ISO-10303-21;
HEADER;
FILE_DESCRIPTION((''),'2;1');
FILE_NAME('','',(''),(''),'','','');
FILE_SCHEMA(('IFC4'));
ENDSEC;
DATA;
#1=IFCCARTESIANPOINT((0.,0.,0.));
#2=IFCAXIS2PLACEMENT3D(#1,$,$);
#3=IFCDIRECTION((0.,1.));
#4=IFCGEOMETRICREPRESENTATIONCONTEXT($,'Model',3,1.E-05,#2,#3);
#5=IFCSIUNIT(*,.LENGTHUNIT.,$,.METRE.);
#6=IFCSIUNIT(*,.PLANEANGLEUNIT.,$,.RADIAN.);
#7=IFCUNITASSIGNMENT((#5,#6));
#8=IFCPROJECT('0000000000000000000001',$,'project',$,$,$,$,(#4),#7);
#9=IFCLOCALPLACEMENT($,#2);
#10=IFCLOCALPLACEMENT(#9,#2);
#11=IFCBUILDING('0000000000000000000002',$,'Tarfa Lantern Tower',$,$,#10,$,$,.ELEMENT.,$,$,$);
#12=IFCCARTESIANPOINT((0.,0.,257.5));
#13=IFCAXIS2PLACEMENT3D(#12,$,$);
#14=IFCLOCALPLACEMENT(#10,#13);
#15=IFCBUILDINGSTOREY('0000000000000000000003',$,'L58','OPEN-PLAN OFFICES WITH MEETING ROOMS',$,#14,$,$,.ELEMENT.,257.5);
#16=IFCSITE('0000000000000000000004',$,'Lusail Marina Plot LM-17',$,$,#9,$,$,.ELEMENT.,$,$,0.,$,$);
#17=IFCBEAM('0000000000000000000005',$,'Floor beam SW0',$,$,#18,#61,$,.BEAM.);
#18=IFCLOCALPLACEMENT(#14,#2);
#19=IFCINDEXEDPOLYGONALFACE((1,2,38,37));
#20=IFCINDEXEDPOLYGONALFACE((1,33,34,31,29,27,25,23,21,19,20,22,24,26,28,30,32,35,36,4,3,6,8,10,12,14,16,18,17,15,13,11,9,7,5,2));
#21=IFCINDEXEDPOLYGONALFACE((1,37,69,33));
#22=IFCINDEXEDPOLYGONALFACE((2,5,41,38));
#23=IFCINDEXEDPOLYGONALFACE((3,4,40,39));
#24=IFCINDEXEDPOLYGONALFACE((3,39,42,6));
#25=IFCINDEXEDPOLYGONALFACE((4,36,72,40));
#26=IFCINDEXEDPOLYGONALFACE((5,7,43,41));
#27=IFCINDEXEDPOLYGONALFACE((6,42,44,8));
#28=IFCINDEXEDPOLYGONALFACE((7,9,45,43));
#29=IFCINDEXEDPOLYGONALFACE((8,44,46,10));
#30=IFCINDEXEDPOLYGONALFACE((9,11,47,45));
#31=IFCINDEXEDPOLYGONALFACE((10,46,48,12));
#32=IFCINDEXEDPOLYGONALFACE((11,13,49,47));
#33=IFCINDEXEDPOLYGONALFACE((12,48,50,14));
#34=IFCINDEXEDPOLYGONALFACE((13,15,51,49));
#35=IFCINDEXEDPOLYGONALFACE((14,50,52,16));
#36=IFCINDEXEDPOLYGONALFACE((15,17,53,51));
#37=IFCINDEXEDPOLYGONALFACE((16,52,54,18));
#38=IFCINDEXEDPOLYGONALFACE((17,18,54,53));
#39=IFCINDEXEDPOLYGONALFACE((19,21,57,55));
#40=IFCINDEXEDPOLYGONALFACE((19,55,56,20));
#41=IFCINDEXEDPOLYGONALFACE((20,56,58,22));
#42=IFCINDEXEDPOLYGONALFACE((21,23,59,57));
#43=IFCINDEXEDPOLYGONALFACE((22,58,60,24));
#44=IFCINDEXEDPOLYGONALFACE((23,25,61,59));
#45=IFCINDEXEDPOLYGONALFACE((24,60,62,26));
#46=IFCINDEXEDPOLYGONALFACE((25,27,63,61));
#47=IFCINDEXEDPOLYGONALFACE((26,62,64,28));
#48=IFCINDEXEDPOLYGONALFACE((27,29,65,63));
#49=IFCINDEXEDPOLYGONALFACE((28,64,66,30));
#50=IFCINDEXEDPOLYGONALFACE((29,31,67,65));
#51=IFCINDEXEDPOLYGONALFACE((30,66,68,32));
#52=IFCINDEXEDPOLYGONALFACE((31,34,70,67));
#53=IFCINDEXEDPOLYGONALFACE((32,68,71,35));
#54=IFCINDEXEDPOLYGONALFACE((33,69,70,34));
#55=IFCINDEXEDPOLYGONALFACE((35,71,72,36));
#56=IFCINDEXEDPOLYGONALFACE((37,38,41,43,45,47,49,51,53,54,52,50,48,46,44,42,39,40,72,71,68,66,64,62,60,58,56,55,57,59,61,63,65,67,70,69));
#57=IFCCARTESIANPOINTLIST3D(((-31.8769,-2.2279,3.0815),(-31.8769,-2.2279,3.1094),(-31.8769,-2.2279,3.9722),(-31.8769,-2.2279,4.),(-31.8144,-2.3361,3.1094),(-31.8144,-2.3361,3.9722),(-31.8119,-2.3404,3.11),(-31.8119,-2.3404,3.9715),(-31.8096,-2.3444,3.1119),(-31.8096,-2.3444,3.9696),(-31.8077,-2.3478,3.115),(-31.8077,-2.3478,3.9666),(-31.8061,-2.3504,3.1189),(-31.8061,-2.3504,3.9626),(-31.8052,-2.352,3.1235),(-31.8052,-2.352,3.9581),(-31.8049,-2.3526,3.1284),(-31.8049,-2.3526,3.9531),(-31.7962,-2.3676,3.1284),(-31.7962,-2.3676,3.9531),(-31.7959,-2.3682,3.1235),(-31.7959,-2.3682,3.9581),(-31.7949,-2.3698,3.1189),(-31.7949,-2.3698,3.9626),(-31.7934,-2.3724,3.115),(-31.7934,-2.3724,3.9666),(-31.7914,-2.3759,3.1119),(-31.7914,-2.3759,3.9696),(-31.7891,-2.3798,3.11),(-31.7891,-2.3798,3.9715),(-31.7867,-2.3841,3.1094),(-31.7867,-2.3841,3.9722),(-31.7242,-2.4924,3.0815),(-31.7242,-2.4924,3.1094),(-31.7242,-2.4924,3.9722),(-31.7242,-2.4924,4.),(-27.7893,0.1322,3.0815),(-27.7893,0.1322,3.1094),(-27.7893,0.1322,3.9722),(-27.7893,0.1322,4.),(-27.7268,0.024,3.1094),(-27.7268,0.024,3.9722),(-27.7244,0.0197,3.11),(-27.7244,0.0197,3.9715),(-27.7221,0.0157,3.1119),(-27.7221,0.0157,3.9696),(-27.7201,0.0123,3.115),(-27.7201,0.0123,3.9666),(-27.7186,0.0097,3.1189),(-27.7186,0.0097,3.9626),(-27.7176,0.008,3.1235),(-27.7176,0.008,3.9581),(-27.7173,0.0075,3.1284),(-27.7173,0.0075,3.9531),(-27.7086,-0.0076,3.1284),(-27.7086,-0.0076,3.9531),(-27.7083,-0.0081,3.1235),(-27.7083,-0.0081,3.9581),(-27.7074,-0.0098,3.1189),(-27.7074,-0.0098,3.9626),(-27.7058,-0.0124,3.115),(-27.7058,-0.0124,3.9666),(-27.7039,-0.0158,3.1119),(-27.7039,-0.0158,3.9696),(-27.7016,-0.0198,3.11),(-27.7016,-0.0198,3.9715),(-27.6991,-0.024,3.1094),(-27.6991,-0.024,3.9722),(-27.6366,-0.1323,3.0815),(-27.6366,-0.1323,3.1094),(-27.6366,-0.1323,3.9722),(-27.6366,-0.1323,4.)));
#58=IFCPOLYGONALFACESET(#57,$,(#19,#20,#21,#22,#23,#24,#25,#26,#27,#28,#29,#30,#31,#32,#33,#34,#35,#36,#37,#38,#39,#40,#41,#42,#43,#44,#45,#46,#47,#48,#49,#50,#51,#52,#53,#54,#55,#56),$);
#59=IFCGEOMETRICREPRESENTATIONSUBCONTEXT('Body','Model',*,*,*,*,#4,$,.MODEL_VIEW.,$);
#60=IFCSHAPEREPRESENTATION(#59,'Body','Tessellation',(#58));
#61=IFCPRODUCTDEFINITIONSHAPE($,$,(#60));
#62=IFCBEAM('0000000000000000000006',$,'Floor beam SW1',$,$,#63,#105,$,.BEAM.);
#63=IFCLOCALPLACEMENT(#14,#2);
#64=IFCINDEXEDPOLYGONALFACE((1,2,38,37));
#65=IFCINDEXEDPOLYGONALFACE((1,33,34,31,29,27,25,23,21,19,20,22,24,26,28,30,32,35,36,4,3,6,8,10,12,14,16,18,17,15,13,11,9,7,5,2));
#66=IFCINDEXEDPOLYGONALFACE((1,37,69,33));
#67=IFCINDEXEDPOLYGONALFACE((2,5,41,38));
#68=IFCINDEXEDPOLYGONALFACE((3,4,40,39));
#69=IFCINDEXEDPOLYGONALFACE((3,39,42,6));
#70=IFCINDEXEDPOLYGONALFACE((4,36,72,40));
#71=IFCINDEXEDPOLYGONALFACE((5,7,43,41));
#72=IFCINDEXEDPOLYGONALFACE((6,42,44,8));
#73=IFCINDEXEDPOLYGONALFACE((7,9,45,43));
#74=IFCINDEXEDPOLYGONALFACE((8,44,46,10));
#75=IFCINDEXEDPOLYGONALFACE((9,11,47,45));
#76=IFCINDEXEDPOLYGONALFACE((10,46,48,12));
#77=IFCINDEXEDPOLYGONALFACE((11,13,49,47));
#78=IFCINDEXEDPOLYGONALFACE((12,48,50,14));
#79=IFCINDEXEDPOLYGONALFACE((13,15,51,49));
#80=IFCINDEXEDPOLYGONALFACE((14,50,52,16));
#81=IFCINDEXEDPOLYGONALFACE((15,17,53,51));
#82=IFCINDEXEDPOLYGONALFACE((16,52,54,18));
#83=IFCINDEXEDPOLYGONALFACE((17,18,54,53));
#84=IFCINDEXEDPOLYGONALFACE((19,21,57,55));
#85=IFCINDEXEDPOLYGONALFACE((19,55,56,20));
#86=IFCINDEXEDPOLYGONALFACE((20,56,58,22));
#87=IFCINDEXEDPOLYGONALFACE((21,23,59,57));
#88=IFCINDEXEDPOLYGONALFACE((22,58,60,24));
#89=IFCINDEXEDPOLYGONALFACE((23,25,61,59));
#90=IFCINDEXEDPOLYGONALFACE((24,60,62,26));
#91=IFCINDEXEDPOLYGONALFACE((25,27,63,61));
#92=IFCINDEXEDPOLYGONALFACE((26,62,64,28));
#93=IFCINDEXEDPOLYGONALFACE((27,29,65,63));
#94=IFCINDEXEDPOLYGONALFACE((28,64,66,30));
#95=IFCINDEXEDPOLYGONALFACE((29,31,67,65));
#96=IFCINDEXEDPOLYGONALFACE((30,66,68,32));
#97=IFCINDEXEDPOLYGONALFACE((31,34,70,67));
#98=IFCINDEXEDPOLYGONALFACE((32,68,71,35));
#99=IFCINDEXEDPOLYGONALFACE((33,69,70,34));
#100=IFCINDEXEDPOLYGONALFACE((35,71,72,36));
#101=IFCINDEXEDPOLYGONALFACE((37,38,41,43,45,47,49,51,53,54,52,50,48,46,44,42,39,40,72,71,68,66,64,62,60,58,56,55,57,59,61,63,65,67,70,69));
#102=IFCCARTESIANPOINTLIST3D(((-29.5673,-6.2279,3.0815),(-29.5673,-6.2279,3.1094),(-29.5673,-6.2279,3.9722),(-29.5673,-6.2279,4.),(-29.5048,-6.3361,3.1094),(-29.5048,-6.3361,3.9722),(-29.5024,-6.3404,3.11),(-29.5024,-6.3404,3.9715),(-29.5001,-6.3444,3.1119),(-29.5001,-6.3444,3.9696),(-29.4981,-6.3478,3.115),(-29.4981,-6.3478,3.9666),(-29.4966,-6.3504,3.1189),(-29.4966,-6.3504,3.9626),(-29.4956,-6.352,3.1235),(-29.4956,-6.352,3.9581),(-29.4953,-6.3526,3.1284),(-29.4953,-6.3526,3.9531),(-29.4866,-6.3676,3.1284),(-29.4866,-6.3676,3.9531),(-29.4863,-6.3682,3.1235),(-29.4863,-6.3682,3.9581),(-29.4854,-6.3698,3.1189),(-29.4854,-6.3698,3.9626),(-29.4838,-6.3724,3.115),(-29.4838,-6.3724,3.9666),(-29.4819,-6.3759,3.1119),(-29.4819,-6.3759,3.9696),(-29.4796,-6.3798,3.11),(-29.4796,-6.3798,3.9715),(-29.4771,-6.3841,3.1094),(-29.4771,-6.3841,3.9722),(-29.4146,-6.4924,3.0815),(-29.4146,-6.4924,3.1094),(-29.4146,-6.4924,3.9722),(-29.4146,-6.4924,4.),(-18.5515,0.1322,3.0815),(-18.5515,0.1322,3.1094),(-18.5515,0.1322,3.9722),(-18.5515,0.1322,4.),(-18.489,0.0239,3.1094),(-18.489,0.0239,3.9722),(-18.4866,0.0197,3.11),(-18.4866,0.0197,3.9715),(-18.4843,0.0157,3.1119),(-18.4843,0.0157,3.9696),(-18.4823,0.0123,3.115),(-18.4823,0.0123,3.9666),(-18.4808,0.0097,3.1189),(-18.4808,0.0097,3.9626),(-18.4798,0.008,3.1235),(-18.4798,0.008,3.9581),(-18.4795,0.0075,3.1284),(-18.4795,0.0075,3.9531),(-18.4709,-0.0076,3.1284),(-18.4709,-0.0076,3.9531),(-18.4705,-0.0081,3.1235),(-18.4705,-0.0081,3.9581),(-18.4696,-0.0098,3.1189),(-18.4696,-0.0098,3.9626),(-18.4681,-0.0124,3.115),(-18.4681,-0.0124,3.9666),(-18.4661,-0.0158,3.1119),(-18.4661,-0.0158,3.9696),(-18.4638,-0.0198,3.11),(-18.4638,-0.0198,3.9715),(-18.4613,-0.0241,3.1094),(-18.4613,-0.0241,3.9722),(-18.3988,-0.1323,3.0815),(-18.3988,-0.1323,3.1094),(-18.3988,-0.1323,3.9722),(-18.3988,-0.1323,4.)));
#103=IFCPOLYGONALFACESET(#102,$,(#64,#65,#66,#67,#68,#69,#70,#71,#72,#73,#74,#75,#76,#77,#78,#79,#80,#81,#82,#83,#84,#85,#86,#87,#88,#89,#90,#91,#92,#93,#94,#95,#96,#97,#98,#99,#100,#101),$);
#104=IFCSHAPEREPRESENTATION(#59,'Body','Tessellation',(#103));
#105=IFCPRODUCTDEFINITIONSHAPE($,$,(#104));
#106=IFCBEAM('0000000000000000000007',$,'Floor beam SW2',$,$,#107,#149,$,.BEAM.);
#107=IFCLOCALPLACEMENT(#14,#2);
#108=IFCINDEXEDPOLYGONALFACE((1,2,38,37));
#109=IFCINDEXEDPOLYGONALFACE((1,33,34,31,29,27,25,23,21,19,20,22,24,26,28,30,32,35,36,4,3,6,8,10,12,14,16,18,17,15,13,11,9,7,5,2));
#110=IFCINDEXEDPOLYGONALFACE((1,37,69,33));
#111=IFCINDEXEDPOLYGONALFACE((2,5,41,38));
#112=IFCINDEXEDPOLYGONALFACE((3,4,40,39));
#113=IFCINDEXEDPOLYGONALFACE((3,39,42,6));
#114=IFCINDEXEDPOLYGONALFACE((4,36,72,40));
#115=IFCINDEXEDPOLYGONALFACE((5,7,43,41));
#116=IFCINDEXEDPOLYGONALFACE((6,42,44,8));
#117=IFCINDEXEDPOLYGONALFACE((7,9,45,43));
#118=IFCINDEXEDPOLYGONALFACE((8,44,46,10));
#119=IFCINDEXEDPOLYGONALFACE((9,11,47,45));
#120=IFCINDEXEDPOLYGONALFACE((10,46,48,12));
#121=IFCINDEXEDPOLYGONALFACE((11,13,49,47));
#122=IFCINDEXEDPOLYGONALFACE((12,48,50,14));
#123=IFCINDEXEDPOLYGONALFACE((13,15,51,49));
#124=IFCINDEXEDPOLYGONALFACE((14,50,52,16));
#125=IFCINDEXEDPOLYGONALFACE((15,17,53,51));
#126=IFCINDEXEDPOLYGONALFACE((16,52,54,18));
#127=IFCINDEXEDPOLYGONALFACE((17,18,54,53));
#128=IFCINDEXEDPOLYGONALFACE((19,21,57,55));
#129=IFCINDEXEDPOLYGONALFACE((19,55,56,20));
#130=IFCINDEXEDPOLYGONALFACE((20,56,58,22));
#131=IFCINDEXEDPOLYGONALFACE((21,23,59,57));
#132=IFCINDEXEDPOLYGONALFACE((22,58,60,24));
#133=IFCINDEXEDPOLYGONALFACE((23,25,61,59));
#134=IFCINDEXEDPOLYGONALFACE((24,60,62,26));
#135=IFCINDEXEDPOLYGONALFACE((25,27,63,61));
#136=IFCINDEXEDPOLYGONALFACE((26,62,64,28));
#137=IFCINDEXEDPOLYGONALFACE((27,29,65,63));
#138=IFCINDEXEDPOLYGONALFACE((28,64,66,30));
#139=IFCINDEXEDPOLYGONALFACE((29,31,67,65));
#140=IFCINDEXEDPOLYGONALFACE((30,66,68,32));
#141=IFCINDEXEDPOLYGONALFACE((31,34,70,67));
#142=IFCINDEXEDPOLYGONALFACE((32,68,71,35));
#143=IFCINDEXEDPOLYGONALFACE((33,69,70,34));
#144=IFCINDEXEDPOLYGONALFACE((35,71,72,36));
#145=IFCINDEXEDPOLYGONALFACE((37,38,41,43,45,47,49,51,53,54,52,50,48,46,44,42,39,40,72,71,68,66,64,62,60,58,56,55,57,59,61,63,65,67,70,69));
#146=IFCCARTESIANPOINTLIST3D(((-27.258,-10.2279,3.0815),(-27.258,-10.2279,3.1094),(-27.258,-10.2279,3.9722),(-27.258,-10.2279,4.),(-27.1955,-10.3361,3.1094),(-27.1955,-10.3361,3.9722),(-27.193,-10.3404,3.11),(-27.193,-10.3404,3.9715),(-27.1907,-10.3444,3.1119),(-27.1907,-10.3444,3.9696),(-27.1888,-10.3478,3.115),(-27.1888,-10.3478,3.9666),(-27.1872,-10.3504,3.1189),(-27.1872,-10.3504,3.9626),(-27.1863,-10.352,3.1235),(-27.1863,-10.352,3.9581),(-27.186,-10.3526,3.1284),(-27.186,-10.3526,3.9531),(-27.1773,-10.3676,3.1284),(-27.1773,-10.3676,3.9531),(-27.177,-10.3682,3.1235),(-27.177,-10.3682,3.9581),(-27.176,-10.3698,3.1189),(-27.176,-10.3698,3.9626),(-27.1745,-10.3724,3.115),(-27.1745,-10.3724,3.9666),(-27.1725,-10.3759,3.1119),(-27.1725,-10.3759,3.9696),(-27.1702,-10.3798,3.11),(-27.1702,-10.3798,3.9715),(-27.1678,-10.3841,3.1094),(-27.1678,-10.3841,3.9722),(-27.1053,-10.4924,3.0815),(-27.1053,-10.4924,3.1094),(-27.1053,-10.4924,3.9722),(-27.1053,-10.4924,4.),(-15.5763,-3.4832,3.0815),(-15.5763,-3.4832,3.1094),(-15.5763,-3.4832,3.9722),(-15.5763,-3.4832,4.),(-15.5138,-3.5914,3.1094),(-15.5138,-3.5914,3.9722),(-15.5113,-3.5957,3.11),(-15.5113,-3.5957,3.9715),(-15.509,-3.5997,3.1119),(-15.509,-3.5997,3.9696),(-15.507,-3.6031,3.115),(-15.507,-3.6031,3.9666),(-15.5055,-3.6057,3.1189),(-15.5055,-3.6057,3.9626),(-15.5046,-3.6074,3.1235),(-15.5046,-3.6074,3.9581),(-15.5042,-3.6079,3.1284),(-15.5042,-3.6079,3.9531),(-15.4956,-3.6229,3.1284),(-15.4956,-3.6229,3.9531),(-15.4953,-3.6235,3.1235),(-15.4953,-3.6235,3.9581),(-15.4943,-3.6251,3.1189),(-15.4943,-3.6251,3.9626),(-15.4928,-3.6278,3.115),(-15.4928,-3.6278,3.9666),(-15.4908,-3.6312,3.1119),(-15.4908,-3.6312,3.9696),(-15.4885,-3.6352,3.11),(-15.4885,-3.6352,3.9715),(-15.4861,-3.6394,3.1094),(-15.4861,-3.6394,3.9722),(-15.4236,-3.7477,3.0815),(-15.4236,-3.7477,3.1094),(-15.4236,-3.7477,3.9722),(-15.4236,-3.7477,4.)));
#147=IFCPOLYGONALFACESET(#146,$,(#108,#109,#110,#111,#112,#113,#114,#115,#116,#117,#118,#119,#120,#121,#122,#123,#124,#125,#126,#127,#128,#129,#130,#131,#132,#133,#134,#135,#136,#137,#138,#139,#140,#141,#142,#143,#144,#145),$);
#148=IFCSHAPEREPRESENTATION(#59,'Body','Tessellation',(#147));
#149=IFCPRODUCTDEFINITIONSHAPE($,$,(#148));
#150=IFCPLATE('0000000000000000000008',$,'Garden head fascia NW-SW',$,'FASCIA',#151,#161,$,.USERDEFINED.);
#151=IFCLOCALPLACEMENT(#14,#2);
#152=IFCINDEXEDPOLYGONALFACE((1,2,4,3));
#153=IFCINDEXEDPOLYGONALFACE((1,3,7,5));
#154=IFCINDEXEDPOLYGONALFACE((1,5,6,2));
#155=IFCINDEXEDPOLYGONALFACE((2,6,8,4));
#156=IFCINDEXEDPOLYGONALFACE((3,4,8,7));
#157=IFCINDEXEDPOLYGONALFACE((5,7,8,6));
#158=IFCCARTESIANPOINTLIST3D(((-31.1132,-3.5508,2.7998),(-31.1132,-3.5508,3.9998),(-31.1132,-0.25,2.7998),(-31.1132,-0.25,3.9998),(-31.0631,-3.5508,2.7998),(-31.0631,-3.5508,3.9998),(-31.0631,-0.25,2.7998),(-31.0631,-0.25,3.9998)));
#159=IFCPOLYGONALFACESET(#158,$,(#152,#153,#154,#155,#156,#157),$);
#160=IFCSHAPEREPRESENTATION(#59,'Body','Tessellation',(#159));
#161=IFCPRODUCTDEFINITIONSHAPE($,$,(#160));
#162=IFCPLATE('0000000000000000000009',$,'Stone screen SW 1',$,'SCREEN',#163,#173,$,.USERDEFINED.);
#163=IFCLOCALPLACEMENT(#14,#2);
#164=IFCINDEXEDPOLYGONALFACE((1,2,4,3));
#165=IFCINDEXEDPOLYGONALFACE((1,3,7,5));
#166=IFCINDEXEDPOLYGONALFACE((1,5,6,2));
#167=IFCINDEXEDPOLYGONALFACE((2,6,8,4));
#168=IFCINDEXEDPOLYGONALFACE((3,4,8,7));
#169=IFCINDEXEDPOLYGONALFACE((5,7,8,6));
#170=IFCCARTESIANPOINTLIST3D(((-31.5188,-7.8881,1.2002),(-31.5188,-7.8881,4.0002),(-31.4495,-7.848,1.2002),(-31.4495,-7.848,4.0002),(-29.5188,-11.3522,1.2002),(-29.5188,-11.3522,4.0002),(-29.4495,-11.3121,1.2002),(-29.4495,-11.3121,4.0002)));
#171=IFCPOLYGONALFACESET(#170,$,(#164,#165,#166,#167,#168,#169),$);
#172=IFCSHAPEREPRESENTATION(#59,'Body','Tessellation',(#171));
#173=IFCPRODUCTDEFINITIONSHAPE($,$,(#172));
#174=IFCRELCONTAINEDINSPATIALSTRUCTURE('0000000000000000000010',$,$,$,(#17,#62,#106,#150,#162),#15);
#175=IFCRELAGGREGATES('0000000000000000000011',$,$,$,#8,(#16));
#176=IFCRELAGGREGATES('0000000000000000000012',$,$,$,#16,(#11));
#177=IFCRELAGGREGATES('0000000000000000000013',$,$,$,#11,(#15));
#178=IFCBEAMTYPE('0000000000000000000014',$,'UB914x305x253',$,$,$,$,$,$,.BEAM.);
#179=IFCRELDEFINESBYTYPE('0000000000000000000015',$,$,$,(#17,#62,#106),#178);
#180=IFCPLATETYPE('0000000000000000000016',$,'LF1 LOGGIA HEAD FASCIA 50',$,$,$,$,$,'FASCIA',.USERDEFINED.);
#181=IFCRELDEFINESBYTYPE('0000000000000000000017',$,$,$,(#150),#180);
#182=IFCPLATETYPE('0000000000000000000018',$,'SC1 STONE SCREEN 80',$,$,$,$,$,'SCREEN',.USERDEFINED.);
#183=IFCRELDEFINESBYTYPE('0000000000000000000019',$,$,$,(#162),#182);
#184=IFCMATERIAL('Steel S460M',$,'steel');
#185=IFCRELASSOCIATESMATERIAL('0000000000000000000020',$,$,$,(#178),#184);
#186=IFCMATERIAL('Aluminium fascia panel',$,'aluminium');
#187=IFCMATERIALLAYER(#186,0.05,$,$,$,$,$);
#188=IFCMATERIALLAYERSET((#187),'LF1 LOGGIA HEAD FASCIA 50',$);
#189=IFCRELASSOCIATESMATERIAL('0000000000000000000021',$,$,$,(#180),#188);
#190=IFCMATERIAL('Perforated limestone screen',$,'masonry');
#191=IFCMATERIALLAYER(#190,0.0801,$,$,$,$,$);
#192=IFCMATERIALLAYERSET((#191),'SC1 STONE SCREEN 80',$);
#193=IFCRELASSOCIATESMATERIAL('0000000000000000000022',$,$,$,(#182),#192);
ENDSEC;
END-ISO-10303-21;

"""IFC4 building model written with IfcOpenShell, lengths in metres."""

from ifc_helpers import new_model, si_unit, direction, frame, origin, origin_2d, place, context, subcontext, project, spatial, rectangle, i_section, extrude, material, layer, layer_set, material_profile, profile_set, type_object, element, save


model = new_model("IFC4")

# Units and contexts
model_context = context("Model", 3, precision=1e-05, world=origin(), true_north=direction((0.0, 1.0)))
body_context = subcontext(model_context, "Body", "Model", "MODEL_VIEW")
ifc_project = project(units=[si_unit("LENGTHUNIT", "METRE"), si_unit("PLANEANGLEUNIT", "RADIAN")], contexts=[model_context])

# Site, building, storey
site_placement = place(None, origin())
site = spatial("IfcSite", under=ifc_project, at=site_placement, Name="Lusail Marina Plot LM-17", CompositionType="ELEMENT", RefElevation=0.0)
building_placement = place(site_placement, origin())
building = spatial("IfcBuilding", under=site, at=building_placement, Name="Tarfa Lantern Tower", CompositionType="ELEMENT")
storey_placement = place(building_placement, frame((0.0, 0.0, 257.5)))
storey = spatial("IfcBuildingStorey", under=building, at=storey_placement, Name="L58", Description="OPEN-PLAN OFFICES WITH MEETING ROOMS", CompositionType="ELEMENT", Elevation=257.5)

# Beams
ifc_material_1 = material(Name="Steel S460M", Category="steel")
ifc_material_profile_1 = material_profile(ifc_material_1, i_section(OverallWidth=0.3054, OverallDepth=0.9185, WebThickness=0.0173, FlangeThickness=0.0278, FilletRadius=0.019, at=origin_2d()), Name="UB914x305x253")
ifc_profile_set_1 = profile_set([ifc_material_profile_1], Name="Steel S460M")
beam_type_1 = type_object("IfcBeamType", Name="UB914x305x253", PredefinedType="BEAM", material=ifc_profile_set_1)
beam_1_placement = place(storey_placement, frame((-31.8005, -2.3601, 3.5408), z_axis=(0.866016, 0.500016, 0.0), x_axis=(-0.500016, 0.866016, 0.0)))
element("IfcBeam", 1, at=beam_1_placement, inside=storey, type_object=beam_type_1, Name="Floor beam SW0", PredefinedType="BEAM", context=body_context, shape_type="SweptSolid", body=[
    extrude(i_section(OverallWidth=0.3054, OverallDepth=0.9185, WebThickness=0.0173, FlangeThickness=0.0278, FilletRadius=0.019, at=origin_2d()), origin(), (0.0, 0.0, 1.0), 4.72),
])
beam_2_placement = place(storey_placement, frame((-29.491, -6.3601, 3.5408), z_axis=(0.866022, 0.500005, 0.0), x_axis=(-0.500005, 0.866022, 0.0)))
element("IfcBeam", 2, at=beam_2_placement, inside=storey, type_object=beam_type_1, Name="Floor beam SW1", PredefinedType="BEAM", context=body_context, shape_type="SweptSolid", body=[
    extrude(i_section(OverallWidth=0.3054, OverallDepth=0.9185, WebThickness=0.0173, FlangeThickness=0.0278, FilletRadius=0.019, at=origin_2d()), origin(), (0.0, 0.0, 1.0), 12.72),
])
beam_3_placement = place(storey_placement, frame((-27.1816, -10.3601, 3.5408), z_axis=(0.866018, 0.500013, 0.0), x_axis=(-0.500013, 0.866018, 0.0)))
element("IfcBeam", 3, at=beam_3_placement, inside=storey, type_object=beam_type_1, Name="Floor beam SW2", PredefinedType="BEAM", context=body_context, shape_type="SweptSolid", body=[
    extrude(i_section(OverallWidth=0.3054, OverallDepth=0.9185, WebThickness=0.0173, FlangeThickness=0.0278, FilletRadius=0.019, at=origin_2d()), origin(), (0.0, 0.0, 1.0), 13.489),
])

# Plates
ifc_material_2 = material(Name="Aluminium fascia panel", Category="aluminium")
ifc_layer_1 = layer(ifc_material_2, 0.05)
ifc_layer_set_1 = layer_set([ifc_layer_1], Name="LF1 LOGGIA HEAD FASCIA 50")
plate_type_1 = type_object("IfcPlateType", Name="LF1 LOGGIA HEAD FASCIA 50", ElementType="FASCIA", PredefinedType="USERDEFINED", material=ifc_layer_set_1)
plate_1_placement = place(storey_placement, frame((-31.0881, -1.9004, 2.7998), z_axis=(0.0, 0.0, 1.0), x_axis=(0.0, -1.0, 0.0)))
element("IfcPlate", 4, at=plate_1_placement, inside=storey, type_object=plate_type_1, Name="Garden head fascia NW-SW", ObjectType="FASCIA", PredefinedType="USERDEFINED", context=body_context, shape_type="SweptSolid", body=[
    extrude(rectangle(XDim=3.3008, YDim=0.05, at=origin_2d()), origin(), (0.0, 0.0, 1.0), 1.2),
])
ifc_material_3 = material(Name="Perforated limestone screen", Category="masonry")
ifc_layer_2 = layer(ifc_material_3, 0.0801)
ifc_layer_set_2 = layer_set([ifc_layer_2], Name="SC1 STONE SCREEN 80")
plate_type_2 = type_object("IfcPlateType", Name="SC1 STONE SCREEN 80", ElementType="SCREEN", PredefinedType="USERDEFINED", material=ifc_layer_set_2)
plate_2_placement = place(storey_placement, frame((-30.4841, -9.6001, 1.2002), z_axis=(0.0, 0.0, 1.0), x_axis=(0.5, -0.866025, 0.0)))
element("IfcPlate", 5, at=plate_2_placement, inside=storey, type_object=plate_type_2, Name="Stone screen SW 1", ObjectType="SCREEN", PredefinedType="USERDEFINED", context=body_context, shape_type="SweptSolid", body=[
    extrude(rectangle(XDim=4.0, YDim=0.0801, at=origin_2d()), origin(), (0.0, 0.0, 1.0), 2.8),
])

save(model, "model.ifc")
